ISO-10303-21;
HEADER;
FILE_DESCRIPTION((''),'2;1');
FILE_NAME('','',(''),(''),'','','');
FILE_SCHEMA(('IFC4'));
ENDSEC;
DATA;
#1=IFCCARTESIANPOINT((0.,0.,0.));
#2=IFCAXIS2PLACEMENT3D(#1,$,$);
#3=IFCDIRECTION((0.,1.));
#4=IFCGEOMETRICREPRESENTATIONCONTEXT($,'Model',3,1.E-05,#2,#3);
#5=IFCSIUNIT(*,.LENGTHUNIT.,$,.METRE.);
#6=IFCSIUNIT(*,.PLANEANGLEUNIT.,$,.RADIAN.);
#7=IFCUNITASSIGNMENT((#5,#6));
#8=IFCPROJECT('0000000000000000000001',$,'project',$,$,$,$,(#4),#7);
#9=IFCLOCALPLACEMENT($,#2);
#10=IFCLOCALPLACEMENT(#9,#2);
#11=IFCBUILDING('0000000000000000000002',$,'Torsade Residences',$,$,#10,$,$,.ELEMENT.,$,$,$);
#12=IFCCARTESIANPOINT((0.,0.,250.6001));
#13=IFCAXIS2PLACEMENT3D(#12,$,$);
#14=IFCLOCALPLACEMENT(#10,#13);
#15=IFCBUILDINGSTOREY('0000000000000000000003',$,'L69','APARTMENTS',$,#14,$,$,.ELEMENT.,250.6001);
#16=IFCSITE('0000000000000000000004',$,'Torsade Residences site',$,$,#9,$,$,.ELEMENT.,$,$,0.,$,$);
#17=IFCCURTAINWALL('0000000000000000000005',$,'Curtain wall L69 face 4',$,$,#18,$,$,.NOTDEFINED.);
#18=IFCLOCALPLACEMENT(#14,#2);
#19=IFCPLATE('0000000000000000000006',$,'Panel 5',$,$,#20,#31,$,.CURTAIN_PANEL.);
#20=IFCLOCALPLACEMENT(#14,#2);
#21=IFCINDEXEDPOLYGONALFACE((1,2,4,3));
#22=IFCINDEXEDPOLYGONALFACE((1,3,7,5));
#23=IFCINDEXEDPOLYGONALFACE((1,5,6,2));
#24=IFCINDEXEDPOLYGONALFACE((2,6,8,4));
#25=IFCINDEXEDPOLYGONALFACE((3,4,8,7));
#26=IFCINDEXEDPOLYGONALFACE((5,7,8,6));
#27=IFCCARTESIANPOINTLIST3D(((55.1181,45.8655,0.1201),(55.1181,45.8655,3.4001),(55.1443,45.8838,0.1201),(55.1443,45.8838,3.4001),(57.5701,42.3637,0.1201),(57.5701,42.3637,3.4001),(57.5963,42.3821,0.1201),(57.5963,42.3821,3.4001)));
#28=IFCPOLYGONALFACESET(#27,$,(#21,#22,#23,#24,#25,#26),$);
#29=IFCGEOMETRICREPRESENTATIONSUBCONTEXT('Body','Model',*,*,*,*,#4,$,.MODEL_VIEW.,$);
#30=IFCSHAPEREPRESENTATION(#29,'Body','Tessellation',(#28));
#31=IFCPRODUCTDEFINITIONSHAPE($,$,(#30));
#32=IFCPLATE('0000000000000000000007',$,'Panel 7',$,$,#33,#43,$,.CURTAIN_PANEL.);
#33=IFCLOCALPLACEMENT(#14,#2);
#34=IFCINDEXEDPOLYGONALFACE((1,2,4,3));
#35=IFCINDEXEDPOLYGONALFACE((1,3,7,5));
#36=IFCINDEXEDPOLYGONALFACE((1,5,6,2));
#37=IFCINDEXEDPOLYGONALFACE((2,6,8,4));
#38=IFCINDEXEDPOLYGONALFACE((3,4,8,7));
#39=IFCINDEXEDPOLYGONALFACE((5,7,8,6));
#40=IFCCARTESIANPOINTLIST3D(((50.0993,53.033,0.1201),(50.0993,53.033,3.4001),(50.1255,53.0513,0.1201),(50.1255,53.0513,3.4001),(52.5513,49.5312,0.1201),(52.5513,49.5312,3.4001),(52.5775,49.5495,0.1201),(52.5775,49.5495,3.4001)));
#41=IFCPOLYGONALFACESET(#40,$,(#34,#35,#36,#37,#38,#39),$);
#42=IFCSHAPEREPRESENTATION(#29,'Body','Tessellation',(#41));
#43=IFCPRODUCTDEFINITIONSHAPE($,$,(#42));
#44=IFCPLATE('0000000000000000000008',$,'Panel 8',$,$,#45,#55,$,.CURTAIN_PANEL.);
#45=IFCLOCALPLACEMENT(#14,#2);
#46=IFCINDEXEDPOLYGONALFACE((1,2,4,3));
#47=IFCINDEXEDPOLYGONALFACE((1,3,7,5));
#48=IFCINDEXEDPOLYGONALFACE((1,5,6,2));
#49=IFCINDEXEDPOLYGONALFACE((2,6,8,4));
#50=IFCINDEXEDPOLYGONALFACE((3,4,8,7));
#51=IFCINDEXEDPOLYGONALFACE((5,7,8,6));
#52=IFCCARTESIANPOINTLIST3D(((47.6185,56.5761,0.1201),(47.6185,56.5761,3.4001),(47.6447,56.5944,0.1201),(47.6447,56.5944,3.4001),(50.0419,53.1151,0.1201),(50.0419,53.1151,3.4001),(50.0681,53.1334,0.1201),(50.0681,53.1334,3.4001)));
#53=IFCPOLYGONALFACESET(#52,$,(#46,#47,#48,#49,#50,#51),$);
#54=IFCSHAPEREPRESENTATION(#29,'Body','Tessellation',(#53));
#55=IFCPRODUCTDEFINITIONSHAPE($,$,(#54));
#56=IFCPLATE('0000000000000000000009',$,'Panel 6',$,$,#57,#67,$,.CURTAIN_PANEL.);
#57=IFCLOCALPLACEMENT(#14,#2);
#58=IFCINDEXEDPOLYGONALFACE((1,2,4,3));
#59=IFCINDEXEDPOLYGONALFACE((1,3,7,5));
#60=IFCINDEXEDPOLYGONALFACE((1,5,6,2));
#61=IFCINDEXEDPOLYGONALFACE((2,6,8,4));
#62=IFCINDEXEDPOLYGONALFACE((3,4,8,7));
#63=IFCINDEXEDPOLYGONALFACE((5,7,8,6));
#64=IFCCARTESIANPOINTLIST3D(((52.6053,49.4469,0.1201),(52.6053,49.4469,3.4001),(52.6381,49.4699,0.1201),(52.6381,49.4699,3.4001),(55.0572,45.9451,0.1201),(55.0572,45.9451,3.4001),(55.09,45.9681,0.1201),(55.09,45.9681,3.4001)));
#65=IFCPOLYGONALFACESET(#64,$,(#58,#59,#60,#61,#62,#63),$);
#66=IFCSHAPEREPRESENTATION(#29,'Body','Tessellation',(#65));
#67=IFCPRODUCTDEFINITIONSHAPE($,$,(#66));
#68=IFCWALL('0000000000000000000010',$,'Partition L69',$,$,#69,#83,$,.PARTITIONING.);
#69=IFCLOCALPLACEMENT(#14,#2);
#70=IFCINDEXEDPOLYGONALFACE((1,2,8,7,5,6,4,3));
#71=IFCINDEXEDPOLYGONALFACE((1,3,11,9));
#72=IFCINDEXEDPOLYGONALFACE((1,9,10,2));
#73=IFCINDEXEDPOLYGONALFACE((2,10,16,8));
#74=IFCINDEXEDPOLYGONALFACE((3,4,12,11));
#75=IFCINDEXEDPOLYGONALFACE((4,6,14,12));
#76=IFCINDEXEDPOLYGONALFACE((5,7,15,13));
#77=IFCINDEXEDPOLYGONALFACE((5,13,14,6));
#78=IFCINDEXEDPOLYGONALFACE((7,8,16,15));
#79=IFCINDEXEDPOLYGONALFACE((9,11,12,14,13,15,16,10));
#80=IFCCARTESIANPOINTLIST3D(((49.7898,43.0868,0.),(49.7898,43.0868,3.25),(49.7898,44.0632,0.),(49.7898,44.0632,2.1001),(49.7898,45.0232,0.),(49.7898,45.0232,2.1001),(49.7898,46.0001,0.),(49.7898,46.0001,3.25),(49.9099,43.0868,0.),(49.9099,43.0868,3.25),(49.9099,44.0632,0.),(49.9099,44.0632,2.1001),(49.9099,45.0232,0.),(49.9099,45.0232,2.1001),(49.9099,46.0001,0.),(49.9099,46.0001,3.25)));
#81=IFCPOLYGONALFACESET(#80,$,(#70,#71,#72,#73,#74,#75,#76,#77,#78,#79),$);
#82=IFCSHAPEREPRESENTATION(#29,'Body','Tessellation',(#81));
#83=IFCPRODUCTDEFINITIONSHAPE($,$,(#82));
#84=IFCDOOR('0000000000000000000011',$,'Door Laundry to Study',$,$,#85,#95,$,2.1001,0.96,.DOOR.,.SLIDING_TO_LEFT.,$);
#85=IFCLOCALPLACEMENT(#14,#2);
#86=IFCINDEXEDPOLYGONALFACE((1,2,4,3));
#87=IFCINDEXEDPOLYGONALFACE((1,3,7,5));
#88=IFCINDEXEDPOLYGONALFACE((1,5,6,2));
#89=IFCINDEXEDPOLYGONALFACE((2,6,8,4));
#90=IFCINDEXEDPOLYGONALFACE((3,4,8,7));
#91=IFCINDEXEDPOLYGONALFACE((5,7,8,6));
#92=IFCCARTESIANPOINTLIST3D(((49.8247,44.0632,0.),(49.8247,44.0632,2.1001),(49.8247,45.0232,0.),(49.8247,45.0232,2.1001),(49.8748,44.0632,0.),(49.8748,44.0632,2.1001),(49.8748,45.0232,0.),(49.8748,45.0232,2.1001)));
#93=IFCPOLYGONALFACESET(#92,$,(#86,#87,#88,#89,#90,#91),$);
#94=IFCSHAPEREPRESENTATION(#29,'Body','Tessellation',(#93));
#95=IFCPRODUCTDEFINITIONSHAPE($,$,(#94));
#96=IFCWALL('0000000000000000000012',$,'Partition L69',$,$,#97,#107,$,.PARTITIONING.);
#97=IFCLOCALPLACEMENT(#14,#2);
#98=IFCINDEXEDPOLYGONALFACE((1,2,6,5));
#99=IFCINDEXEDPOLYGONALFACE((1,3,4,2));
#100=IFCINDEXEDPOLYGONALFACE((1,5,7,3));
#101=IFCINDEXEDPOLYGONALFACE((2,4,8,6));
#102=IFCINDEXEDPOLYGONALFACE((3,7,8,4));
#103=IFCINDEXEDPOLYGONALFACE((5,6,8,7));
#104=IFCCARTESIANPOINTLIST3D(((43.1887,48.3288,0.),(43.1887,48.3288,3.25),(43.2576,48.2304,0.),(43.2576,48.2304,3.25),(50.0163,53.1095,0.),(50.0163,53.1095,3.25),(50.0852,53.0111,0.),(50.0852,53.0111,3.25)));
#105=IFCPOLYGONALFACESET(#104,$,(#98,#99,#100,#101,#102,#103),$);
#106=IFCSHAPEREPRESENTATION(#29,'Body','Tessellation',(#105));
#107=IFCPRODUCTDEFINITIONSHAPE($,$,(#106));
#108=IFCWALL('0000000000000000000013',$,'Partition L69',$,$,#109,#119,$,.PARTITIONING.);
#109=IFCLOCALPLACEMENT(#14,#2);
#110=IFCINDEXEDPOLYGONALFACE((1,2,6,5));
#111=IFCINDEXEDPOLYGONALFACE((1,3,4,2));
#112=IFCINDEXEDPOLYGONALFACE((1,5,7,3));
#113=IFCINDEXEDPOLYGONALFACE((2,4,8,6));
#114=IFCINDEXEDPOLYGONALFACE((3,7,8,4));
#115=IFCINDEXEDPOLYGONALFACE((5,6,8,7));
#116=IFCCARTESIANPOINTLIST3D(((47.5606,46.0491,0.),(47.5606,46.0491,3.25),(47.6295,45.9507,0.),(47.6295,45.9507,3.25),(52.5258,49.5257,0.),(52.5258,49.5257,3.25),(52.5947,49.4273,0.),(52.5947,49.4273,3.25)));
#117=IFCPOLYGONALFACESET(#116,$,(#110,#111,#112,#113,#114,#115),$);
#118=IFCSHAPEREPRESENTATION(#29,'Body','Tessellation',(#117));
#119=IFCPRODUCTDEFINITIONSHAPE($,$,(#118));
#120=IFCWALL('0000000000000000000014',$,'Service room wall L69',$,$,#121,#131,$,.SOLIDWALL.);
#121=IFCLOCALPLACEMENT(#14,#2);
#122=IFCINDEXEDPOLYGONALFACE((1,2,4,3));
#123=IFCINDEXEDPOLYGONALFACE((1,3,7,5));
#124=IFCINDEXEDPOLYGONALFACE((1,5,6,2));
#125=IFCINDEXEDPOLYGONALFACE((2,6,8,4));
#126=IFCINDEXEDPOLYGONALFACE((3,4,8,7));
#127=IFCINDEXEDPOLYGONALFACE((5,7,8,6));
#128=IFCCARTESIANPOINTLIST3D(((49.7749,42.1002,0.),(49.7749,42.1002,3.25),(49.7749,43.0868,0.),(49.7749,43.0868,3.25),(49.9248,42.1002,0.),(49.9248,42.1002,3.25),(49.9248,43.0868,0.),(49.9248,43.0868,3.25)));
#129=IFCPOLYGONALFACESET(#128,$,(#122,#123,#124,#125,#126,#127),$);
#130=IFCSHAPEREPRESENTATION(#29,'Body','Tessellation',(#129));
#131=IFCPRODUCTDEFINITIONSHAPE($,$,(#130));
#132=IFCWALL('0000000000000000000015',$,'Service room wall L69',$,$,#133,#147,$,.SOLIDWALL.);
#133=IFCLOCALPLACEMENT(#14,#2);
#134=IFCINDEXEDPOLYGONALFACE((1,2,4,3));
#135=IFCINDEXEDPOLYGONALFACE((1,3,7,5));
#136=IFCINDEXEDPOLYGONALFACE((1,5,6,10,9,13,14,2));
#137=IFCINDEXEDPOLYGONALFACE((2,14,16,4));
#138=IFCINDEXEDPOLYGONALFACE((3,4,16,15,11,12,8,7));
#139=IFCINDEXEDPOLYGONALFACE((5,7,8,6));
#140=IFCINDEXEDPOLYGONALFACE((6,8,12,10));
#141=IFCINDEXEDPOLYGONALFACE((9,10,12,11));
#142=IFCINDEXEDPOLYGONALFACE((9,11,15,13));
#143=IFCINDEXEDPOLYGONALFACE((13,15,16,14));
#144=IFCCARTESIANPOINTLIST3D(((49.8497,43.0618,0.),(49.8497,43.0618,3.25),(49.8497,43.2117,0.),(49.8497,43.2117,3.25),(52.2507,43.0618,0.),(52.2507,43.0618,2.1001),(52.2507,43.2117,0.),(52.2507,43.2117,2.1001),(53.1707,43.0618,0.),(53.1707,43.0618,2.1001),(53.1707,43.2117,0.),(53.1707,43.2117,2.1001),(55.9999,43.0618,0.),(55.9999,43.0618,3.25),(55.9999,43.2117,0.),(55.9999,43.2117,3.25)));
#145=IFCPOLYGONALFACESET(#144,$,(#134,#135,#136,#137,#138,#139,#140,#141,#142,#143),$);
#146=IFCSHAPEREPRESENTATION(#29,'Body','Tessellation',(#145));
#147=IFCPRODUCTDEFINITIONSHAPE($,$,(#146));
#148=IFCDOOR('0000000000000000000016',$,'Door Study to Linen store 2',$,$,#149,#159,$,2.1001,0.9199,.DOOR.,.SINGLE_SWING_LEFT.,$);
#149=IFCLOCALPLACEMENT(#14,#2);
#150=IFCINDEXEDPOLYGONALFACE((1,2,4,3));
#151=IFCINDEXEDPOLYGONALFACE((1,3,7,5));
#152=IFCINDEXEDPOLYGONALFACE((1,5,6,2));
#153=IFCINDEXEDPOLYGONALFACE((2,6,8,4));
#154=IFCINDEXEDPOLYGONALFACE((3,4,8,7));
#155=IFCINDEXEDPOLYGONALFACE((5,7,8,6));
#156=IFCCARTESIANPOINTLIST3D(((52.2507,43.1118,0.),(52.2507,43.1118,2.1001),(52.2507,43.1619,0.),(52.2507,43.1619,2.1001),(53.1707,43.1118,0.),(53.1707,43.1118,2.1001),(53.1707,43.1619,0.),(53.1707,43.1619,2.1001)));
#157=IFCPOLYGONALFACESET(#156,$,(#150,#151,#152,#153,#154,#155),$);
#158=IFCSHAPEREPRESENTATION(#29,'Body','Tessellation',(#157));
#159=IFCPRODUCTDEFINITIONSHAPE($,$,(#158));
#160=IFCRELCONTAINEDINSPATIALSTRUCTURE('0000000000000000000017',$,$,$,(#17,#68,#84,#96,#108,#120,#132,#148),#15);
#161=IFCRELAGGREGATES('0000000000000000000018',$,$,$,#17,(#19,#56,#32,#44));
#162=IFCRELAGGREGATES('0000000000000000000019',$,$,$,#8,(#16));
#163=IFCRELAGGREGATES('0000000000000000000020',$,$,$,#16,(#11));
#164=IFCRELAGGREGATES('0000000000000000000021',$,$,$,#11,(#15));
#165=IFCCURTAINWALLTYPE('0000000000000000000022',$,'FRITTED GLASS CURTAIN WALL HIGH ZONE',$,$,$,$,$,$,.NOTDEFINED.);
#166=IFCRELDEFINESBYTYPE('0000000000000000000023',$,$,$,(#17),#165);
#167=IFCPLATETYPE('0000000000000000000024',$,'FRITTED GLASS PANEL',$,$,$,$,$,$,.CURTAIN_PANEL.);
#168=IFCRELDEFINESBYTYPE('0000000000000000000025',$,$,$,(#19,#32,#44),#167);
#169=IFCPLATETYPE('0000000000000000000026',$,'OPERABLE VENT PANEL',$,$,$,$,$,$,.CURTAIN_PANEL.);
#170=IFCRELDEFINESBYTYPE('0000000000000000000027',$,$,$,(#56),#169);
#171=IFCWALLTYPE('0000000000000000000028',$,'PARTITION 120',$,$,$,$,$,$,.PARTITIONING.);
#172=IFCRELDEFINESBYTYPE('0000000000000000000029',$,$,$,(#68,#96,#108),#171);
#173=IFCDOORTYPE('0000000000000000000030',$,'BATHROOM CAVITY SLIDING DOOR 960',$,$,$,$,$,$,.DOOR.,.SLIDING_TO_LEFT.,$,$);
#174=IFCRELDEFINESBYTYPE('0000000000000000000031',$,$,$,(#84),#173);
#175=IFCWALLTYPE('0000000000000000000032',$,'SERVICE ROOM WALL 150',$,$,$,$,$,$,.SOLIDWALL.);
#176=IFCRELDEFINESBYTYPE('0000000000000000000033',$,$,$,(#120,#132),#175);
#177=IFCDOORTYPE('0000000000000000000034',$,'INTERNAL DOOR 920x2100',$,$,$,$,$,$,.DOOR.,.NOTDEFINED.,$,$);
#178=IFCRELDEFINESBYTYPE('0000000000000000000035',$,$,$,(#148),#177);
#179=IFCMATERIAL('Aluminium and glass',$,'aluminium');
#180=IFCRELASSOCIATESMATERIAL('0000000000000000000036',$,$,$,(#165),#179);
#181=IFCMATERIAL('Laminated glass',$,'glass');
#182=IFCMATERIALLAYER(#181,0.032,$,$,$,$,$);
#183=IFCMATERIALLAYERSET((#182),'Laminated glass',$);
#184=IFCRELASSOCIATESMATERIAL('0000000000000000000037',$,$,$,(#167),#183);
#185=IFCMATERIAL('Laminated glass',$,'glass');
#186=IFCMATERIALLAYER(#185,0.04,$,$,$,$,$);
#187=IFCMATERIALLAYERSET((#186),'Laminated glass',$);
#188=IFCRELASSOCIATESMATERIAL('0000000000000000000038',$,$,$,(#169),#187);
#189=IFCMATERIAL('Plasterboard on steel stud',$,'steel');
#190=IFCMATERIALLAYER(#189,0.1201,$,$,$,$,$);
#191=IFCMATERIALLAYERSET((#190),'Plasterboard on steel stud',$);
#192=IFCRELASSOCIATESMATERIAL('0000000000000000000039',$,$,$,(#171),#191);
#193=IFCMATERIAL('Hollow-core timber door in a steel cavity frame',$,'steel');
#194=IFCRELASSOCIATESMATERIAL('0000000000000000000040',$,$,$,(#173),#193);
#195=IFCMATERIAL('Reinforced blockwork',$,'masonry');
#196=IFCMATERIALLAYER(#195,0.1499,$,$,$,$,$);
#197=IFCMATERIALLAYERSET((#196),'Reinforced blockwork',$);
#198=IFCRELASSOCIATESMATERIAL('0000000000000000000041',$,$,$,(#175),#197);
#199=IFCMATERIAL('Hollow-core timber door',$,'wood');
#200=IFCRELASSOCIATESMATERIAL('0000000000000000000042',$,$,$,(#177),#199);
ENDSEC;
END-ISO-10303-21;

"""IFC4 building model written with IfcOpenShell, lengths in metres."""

from ifc_helpers import new_model, si_unit, direction, frame, frame_2d, origin, origin_2d, place, context, subcontext, project, spatial, rectangle, extrude, material, layer, layer_set, type_object, element, fill, aggregate, save


model = new_model("IFC4")

# Units and contexts
model_context = context("Model", 3, precision=1e-05, world=origin(), true_north=direction((0.0, 1.0)))
body_context = subcontext(model_context, "Body", "Model", "MODEL_VIEW")
ifc_project = project(units=[si_unit("LENGTHUNIT", "METRE"), si_unit("PLANEANGLEUNIT", "RADIAN")], contexts=[model_context])

# Site, building, storey
site_placement = place(None, origin())
site = spatial("IfcSite", under=ifc_project, at=site_placement, Name="Torsade Residences site", CompositionType="ELEMENT", RefElevation=0.0)
building_placement = place(site_placement, origin())
building = spatial("IfcBuilding", under=site, at=building_placement, Name="Torsade Residences", CompositionType="ELEMENT")
storey_placement = place(building_placement, frame((0.0, 0.0, 250.6001)))
storey = spatial("IfcBuildingStorey", under=building, at=storey_placement, Name="L69", Description="APARTMENTS", CompositionType="ELEMENT", Elevation=250.6001)

# Curtain wall
ifc_material_1 = material(Name="Aluminium and glass", Category="aluminium")
curtain_wall_type = type_object("IfcCurtainWallType", Name="FRITTED GLASS CURTAIN WALL HIGH ZONE", PredefinedType="NOTDEFINED", material=ifc_material_1)
curtain_wall_placement = place(storey_placement, origin())
curtain_wall = element("IfcCurtainWall", 1, at=curtain_wall_placement, inside=storey, type_object=curtain_wall_type, Name="Curtain wall L69 face 4", PredefinedType="NOTDEFINED")

# Plates
ifc_material_2 = material(Name="Laminated glass", Category="glass")
ifc_layer_1 = layer(ifc_material_2, 0.032)
ifc_layer_set_1 = layer_set([ifc_layer_1], Name="Laminated glass")
plate_type_1 = type_object("IfcPlateType", Name="FRITTED GLASS PANEL", PredefinedType="CURTAIN_PANEL", material=ifc_layer_set_1)
plate_1_placement = place(storey_placement, frame((56.3572, 44.1238, 0.1201), z_axis=(0.0, 0.0, 1.0), x_axis=(-0.573576, 0.819152, 0.0)))
plate_1 = element("IfcPlate", 2, at=plate_1_placement, type_object=plate_type_1, Name="Panel 5", PredefinedType="CURTAIN_PANEL", context=body_context, shape_type="SweptSolid", body=[
    extrude(rectangle(XDim=4.2749, YDim=0.032, at=origin_2d()), origin(), (0.0, 0.0, 1.0), 3.28),
])
plate_2_placement = place(storey_placement, frame((51.3384, 51.2913, 0.1201), z_axis=(0.0, 0.0, 1.0), x_axis=(-0.573576, 0.819152, 0.0)))
plate_2 = element("IfcPlate", 3, at=plate_2_placement, type_object=plate_type_1, Name="Panel 7", PredefinedType="CURTAIN_PANEL", context=body_context, shape_type="SweptSolid", body=[
    extrude(rectangle(XDim=4.2749, YDim=0.032, at=origin_2d()), origin(), (0.0, 0.0, 1.0), 3.28),
])
plate_3_placement = place(storey_placement, frame((48.8433, 54.8547, 0.1201), z_axis=(0.0, 0.0, 1.0), x_axis=(-0.573576, 0.819152, 0.0)))
plate_3 = element("IfcPlate", 4, at=plate_3_placement, type_object=plate_type_1, Name="Panel 8", PredefinedType="CURTAIN_PANEL", context=body_context, shape_type="SweptSolid", body=[
    extrude(rectangle(XDim=4.2251, YDim=0.032, at=origin_2d()), origin(), (0.0, 0.0, 1.0), 3.28),
])
ifc_material_3 = material(Name="Laminated glass", Category="glass")
ifc_layer_2 = layer(ifc_material_3, 0.04)
ifc_layer_set_2 = layer_set([ifc_layer_2], Name="Laminated glass")
plate_type_2 = type_object("IfcPlateType", Name="OPERABLE VENT PANEL", PredefinedType="CURTAIN_PANEL", material=ifc_layer_set_2)
plate_4_placement = place(storey_placement, frame((53.8477, 47.7075, 0.1201), z_axis=(0.0, 0.0, 1.0), x_axis=(-0.573576, 0.819152, 0.0)))
plate_4 = element("IfcPlate", 5, at=plate_4_placement, type_object=plate_type_2, Name="Panel 6", PredefinedType="CURTAIN_PANEL", context=body_context, shape_type="SweptSolid", body=[
    extrude(rectangle(XDim=4.2749, YDim=0.04, at=origin_2d()), origin(), (0.0, 0.0, 1.0), 3.28),
])
aggregate(curtain_wall, [plate_1, plate_4, plate_2, plate_3])

# Wall, opening, door
ifc_material_4 = material(Name="Plasterboard on steel stud", Category="steel")
ifc_layer_3 = layer(ifc_material_4, 0.1201)
ifc_layer_set_3 = layer_set([ifc_layer_3], Name="Plasterboard on steel stud")
wall_type_1 = type_object("IfcWallType", Name="PARTITION 120", PredefinedType="PARTITIONING", material=ifc_layer_set_3)
wall_1_placement = place(storey_placement, frame((49.8499, 46.0, 0.0), z_axis=(0.0, 0.0, 1.0), x_axis=(0.0, -1.0, 0.0)))
wall_1 = element("IfcWall", 6, at=wall_1_placement, inside=storey, type_object=wall_type_1, Name="Partition L69", PredefinedType="PARTITIONING", context=body_context, shape_type="SweptSolid", body=[
    extrude(rectangle(XDim=2.9133, YDim=0.1201, at=frame_2d((1.4565, 0.0))), origin(), (0.0, 0.0, 1.0), 3.25),
])
opening_1_placement = place(wall_1_placement, frame((0.9768, 0.0, 0.0)))
opening_1 = element("IfcOpeningElement", 7, at=opening_1_placement, cuts=wall_1, PredefinedType="OPENING", context=body_context, shape_type="SweptSolid", body=[
    extrude(rectangle(XDim=0.96, YDim=2.1001, at=frame_2d((0.48, 1.05))), frame((0.0, 0.0701, 0.0), z_axis=(0.0, -1.0, 0.0), x_axis=(1.0, 0.0, 0.0)), (0.0, 0.0, 1.0), 0.1401),
])
ifc_material_5 = material(Name="Hollow-core timber door in a steel cavity frame", Category="steel")
door_type_1 = type_object("IfcDoorType", Name="BATHROOM CAVITY SLIDING DOOR 960", OperationType="SLIDING_TO_LEFT", PredefinedType="DOOR", material=ifc_material_5)
door_1_placement = place(opening_1_placement, origin())
door_1 = element("IfcDoor", 8, at=door_1_placement, inside=storey, type_object=door_type_1, Name="Door Laundry to Study", OperationType="SLIDING_TO_LEFT", OverallHeight=2.1001, OverallWidth=0.96, PredefinedType="DOOR", context=body_context, shape_type="SweptSolid", body=[
    extrude(rectangle(XDim=0.96, YDim=2.1001, at=frame_2d((0.48, 1.05))), frame((0.0, 0.0249, 0.0), z_axis=(0.0, -1.0, 0.0), x_axis=(1.0, 0.0, 0.0)), (0.0, 0.0, 1.0), 0.05),
])
fill(opening_1, door_1)

# Walls
wall_2_placement = place(storey_placement, frame((50.0508, 53.0603, 0.0), z_axis=(0.0, 0.0, 1.0), x_axis=(-0.819152, -0.573576, 0.0)))
element("IfcWall", 9, at=wall_2_placement, inside=storey, type_object=wall_type_1, Name="Partition L69", PredefinedType="PARTITIONING", context=body_context, shape_type="SweptSolid", body=[
    extrude(rectangle(XDim=8.335, YDim=0.1201, at=frame_2d((4.1675, 0.0))), origin(), (0.0, 0.0, 1.0), 3.25),
])
wall_3_placement = place(storey_placement, frame((52.5603, 49.4766, 0.0), z_axis=(0.0, 0.0, 1.0), x_axis=(-0.819154, -0.573573, 0.0)))
element("IfcWall", 10, at=wall_3_placement, inside=storey, type_object=wall_type_1, Name="Partition L69", PredefinedType="PARTITIONING", context=body_context, shape_type="SweptSolid", body=[
    extrude(rectangle(XDim=6.0613, YDim=0.1201, at=frame_2d((3.0308, 0.0))), origin(), (0.0, 0.0, 1.0), 3.25),
])
ifc_material_6 = material(Name="Reinforced blockwork", Category="masonry")
ifc_layer_4 = layer(ifc_material_6, 0.1499)
ifc_layer_set_4 = layer_set([ifc_layer_4], Name="Reinforced blockwork")
wall_type_2 = type_object("IfcWallType", Name="SERVICE ROOM WALL 150", PredefinedType="SOLIDWALL", material=ifc_layer_set_4)
wall_4_placement = place(storey_placement, frame((49.8499, 43.0867, 0.0), z_axis=(0.0, 0.0, 1.0), x_axis=(0.0, -1.0, 0.0)))
element("IfcWall", 11, at=wall_4_placement, inside=storey, type_object=wall_type_2, Name="Service room wall L69", PredefinedType="SOLIDWALL", context=body_context, shape_type="SweptSolid", body=[
    extrude(rectangle(XDim=0.9866, YDim=0.1499, at=frame_2d((0.4932, 0.0))), origin(), (0.0, 0.0, 1.0), 3.25),
])

# Wall, opening, door
wall_5_placement = place(storey_placement, frame((56.0, 43.1367, 0.0), z_axis=(0.0, 0.0, 1.0), x_axis=(-1.0, 0.0, 0.0)))
wall_5 = element("IfcWall", 12, at=wall_5_placement, inside=storey, type_object=wall_type_2, Name="Service room wall L69", PredefinedType="SOLIDWALL", context=body_context, shape_type="SweptSolid", body=[
    extrude(rectangle(XDim=6.1501, YDim=0.1499, at=frame_2d((3.0752, 0.0))), origin(), (0.0, 0.0, 1.0), 3.25),
])
opening_2_placement = place(wall_5_placement, frame((2.8293, 0.0, 0.0)))
opening_2 = element("IfcOpeningElement", 13, at=opening_2_placement, cuts=wall_5, PredefinedType="OPENING", context=body_context, shape_type="SweptSolid", body=[
    extrude(rectangle(XDim=0.9199, YDim=2.1001, at=frame_2d((0.46, 1.05))), frame((0.0, 0.085, 0.0), z_axis=(0.0, -1.0, 0.0), x_axis=(1.0, 0.0, 0.0)), (0.0, 0.0, 1.0), 0.1699),
])
ifc_material_7 = material(Name="Hollow-core timber door", Category="wood")
door_type_2 = type_object("IfcDoorType", Name="INTERNAL DOOR 920x2100", OperationType="NOTDEFINED", PredefinedType="DOOR", material=ifc_material_7)
door_2_placement = place(opening_2_placement, origin())
door_2 = element("IfcDoor", 14, at=door_2_placement, inside=storey, type_object=door_type_2, Name="Door Study to Linen store 2", OperationType="SINGLE_SWING_LEFT", OverallHeight=2.1001, OverallWidth=0.9199, PredefinedType="DOOR", context=body_context, shape_type="SweptSolid", body=[
    extrude(rectangle(XDim=0.9199, YDim=2.1001, at=frame_2d((0.46, 1.05))), frame((0.0, 0.0249, 0.0), z_axis=(0.0, -1.0, 0.0), x_axis=(1.0, 0.0, 0.0)), (0.0, 0.0, 1.0), 0.05),
])
fill(opening_2, door_2)

save(model, "model.ifc")
